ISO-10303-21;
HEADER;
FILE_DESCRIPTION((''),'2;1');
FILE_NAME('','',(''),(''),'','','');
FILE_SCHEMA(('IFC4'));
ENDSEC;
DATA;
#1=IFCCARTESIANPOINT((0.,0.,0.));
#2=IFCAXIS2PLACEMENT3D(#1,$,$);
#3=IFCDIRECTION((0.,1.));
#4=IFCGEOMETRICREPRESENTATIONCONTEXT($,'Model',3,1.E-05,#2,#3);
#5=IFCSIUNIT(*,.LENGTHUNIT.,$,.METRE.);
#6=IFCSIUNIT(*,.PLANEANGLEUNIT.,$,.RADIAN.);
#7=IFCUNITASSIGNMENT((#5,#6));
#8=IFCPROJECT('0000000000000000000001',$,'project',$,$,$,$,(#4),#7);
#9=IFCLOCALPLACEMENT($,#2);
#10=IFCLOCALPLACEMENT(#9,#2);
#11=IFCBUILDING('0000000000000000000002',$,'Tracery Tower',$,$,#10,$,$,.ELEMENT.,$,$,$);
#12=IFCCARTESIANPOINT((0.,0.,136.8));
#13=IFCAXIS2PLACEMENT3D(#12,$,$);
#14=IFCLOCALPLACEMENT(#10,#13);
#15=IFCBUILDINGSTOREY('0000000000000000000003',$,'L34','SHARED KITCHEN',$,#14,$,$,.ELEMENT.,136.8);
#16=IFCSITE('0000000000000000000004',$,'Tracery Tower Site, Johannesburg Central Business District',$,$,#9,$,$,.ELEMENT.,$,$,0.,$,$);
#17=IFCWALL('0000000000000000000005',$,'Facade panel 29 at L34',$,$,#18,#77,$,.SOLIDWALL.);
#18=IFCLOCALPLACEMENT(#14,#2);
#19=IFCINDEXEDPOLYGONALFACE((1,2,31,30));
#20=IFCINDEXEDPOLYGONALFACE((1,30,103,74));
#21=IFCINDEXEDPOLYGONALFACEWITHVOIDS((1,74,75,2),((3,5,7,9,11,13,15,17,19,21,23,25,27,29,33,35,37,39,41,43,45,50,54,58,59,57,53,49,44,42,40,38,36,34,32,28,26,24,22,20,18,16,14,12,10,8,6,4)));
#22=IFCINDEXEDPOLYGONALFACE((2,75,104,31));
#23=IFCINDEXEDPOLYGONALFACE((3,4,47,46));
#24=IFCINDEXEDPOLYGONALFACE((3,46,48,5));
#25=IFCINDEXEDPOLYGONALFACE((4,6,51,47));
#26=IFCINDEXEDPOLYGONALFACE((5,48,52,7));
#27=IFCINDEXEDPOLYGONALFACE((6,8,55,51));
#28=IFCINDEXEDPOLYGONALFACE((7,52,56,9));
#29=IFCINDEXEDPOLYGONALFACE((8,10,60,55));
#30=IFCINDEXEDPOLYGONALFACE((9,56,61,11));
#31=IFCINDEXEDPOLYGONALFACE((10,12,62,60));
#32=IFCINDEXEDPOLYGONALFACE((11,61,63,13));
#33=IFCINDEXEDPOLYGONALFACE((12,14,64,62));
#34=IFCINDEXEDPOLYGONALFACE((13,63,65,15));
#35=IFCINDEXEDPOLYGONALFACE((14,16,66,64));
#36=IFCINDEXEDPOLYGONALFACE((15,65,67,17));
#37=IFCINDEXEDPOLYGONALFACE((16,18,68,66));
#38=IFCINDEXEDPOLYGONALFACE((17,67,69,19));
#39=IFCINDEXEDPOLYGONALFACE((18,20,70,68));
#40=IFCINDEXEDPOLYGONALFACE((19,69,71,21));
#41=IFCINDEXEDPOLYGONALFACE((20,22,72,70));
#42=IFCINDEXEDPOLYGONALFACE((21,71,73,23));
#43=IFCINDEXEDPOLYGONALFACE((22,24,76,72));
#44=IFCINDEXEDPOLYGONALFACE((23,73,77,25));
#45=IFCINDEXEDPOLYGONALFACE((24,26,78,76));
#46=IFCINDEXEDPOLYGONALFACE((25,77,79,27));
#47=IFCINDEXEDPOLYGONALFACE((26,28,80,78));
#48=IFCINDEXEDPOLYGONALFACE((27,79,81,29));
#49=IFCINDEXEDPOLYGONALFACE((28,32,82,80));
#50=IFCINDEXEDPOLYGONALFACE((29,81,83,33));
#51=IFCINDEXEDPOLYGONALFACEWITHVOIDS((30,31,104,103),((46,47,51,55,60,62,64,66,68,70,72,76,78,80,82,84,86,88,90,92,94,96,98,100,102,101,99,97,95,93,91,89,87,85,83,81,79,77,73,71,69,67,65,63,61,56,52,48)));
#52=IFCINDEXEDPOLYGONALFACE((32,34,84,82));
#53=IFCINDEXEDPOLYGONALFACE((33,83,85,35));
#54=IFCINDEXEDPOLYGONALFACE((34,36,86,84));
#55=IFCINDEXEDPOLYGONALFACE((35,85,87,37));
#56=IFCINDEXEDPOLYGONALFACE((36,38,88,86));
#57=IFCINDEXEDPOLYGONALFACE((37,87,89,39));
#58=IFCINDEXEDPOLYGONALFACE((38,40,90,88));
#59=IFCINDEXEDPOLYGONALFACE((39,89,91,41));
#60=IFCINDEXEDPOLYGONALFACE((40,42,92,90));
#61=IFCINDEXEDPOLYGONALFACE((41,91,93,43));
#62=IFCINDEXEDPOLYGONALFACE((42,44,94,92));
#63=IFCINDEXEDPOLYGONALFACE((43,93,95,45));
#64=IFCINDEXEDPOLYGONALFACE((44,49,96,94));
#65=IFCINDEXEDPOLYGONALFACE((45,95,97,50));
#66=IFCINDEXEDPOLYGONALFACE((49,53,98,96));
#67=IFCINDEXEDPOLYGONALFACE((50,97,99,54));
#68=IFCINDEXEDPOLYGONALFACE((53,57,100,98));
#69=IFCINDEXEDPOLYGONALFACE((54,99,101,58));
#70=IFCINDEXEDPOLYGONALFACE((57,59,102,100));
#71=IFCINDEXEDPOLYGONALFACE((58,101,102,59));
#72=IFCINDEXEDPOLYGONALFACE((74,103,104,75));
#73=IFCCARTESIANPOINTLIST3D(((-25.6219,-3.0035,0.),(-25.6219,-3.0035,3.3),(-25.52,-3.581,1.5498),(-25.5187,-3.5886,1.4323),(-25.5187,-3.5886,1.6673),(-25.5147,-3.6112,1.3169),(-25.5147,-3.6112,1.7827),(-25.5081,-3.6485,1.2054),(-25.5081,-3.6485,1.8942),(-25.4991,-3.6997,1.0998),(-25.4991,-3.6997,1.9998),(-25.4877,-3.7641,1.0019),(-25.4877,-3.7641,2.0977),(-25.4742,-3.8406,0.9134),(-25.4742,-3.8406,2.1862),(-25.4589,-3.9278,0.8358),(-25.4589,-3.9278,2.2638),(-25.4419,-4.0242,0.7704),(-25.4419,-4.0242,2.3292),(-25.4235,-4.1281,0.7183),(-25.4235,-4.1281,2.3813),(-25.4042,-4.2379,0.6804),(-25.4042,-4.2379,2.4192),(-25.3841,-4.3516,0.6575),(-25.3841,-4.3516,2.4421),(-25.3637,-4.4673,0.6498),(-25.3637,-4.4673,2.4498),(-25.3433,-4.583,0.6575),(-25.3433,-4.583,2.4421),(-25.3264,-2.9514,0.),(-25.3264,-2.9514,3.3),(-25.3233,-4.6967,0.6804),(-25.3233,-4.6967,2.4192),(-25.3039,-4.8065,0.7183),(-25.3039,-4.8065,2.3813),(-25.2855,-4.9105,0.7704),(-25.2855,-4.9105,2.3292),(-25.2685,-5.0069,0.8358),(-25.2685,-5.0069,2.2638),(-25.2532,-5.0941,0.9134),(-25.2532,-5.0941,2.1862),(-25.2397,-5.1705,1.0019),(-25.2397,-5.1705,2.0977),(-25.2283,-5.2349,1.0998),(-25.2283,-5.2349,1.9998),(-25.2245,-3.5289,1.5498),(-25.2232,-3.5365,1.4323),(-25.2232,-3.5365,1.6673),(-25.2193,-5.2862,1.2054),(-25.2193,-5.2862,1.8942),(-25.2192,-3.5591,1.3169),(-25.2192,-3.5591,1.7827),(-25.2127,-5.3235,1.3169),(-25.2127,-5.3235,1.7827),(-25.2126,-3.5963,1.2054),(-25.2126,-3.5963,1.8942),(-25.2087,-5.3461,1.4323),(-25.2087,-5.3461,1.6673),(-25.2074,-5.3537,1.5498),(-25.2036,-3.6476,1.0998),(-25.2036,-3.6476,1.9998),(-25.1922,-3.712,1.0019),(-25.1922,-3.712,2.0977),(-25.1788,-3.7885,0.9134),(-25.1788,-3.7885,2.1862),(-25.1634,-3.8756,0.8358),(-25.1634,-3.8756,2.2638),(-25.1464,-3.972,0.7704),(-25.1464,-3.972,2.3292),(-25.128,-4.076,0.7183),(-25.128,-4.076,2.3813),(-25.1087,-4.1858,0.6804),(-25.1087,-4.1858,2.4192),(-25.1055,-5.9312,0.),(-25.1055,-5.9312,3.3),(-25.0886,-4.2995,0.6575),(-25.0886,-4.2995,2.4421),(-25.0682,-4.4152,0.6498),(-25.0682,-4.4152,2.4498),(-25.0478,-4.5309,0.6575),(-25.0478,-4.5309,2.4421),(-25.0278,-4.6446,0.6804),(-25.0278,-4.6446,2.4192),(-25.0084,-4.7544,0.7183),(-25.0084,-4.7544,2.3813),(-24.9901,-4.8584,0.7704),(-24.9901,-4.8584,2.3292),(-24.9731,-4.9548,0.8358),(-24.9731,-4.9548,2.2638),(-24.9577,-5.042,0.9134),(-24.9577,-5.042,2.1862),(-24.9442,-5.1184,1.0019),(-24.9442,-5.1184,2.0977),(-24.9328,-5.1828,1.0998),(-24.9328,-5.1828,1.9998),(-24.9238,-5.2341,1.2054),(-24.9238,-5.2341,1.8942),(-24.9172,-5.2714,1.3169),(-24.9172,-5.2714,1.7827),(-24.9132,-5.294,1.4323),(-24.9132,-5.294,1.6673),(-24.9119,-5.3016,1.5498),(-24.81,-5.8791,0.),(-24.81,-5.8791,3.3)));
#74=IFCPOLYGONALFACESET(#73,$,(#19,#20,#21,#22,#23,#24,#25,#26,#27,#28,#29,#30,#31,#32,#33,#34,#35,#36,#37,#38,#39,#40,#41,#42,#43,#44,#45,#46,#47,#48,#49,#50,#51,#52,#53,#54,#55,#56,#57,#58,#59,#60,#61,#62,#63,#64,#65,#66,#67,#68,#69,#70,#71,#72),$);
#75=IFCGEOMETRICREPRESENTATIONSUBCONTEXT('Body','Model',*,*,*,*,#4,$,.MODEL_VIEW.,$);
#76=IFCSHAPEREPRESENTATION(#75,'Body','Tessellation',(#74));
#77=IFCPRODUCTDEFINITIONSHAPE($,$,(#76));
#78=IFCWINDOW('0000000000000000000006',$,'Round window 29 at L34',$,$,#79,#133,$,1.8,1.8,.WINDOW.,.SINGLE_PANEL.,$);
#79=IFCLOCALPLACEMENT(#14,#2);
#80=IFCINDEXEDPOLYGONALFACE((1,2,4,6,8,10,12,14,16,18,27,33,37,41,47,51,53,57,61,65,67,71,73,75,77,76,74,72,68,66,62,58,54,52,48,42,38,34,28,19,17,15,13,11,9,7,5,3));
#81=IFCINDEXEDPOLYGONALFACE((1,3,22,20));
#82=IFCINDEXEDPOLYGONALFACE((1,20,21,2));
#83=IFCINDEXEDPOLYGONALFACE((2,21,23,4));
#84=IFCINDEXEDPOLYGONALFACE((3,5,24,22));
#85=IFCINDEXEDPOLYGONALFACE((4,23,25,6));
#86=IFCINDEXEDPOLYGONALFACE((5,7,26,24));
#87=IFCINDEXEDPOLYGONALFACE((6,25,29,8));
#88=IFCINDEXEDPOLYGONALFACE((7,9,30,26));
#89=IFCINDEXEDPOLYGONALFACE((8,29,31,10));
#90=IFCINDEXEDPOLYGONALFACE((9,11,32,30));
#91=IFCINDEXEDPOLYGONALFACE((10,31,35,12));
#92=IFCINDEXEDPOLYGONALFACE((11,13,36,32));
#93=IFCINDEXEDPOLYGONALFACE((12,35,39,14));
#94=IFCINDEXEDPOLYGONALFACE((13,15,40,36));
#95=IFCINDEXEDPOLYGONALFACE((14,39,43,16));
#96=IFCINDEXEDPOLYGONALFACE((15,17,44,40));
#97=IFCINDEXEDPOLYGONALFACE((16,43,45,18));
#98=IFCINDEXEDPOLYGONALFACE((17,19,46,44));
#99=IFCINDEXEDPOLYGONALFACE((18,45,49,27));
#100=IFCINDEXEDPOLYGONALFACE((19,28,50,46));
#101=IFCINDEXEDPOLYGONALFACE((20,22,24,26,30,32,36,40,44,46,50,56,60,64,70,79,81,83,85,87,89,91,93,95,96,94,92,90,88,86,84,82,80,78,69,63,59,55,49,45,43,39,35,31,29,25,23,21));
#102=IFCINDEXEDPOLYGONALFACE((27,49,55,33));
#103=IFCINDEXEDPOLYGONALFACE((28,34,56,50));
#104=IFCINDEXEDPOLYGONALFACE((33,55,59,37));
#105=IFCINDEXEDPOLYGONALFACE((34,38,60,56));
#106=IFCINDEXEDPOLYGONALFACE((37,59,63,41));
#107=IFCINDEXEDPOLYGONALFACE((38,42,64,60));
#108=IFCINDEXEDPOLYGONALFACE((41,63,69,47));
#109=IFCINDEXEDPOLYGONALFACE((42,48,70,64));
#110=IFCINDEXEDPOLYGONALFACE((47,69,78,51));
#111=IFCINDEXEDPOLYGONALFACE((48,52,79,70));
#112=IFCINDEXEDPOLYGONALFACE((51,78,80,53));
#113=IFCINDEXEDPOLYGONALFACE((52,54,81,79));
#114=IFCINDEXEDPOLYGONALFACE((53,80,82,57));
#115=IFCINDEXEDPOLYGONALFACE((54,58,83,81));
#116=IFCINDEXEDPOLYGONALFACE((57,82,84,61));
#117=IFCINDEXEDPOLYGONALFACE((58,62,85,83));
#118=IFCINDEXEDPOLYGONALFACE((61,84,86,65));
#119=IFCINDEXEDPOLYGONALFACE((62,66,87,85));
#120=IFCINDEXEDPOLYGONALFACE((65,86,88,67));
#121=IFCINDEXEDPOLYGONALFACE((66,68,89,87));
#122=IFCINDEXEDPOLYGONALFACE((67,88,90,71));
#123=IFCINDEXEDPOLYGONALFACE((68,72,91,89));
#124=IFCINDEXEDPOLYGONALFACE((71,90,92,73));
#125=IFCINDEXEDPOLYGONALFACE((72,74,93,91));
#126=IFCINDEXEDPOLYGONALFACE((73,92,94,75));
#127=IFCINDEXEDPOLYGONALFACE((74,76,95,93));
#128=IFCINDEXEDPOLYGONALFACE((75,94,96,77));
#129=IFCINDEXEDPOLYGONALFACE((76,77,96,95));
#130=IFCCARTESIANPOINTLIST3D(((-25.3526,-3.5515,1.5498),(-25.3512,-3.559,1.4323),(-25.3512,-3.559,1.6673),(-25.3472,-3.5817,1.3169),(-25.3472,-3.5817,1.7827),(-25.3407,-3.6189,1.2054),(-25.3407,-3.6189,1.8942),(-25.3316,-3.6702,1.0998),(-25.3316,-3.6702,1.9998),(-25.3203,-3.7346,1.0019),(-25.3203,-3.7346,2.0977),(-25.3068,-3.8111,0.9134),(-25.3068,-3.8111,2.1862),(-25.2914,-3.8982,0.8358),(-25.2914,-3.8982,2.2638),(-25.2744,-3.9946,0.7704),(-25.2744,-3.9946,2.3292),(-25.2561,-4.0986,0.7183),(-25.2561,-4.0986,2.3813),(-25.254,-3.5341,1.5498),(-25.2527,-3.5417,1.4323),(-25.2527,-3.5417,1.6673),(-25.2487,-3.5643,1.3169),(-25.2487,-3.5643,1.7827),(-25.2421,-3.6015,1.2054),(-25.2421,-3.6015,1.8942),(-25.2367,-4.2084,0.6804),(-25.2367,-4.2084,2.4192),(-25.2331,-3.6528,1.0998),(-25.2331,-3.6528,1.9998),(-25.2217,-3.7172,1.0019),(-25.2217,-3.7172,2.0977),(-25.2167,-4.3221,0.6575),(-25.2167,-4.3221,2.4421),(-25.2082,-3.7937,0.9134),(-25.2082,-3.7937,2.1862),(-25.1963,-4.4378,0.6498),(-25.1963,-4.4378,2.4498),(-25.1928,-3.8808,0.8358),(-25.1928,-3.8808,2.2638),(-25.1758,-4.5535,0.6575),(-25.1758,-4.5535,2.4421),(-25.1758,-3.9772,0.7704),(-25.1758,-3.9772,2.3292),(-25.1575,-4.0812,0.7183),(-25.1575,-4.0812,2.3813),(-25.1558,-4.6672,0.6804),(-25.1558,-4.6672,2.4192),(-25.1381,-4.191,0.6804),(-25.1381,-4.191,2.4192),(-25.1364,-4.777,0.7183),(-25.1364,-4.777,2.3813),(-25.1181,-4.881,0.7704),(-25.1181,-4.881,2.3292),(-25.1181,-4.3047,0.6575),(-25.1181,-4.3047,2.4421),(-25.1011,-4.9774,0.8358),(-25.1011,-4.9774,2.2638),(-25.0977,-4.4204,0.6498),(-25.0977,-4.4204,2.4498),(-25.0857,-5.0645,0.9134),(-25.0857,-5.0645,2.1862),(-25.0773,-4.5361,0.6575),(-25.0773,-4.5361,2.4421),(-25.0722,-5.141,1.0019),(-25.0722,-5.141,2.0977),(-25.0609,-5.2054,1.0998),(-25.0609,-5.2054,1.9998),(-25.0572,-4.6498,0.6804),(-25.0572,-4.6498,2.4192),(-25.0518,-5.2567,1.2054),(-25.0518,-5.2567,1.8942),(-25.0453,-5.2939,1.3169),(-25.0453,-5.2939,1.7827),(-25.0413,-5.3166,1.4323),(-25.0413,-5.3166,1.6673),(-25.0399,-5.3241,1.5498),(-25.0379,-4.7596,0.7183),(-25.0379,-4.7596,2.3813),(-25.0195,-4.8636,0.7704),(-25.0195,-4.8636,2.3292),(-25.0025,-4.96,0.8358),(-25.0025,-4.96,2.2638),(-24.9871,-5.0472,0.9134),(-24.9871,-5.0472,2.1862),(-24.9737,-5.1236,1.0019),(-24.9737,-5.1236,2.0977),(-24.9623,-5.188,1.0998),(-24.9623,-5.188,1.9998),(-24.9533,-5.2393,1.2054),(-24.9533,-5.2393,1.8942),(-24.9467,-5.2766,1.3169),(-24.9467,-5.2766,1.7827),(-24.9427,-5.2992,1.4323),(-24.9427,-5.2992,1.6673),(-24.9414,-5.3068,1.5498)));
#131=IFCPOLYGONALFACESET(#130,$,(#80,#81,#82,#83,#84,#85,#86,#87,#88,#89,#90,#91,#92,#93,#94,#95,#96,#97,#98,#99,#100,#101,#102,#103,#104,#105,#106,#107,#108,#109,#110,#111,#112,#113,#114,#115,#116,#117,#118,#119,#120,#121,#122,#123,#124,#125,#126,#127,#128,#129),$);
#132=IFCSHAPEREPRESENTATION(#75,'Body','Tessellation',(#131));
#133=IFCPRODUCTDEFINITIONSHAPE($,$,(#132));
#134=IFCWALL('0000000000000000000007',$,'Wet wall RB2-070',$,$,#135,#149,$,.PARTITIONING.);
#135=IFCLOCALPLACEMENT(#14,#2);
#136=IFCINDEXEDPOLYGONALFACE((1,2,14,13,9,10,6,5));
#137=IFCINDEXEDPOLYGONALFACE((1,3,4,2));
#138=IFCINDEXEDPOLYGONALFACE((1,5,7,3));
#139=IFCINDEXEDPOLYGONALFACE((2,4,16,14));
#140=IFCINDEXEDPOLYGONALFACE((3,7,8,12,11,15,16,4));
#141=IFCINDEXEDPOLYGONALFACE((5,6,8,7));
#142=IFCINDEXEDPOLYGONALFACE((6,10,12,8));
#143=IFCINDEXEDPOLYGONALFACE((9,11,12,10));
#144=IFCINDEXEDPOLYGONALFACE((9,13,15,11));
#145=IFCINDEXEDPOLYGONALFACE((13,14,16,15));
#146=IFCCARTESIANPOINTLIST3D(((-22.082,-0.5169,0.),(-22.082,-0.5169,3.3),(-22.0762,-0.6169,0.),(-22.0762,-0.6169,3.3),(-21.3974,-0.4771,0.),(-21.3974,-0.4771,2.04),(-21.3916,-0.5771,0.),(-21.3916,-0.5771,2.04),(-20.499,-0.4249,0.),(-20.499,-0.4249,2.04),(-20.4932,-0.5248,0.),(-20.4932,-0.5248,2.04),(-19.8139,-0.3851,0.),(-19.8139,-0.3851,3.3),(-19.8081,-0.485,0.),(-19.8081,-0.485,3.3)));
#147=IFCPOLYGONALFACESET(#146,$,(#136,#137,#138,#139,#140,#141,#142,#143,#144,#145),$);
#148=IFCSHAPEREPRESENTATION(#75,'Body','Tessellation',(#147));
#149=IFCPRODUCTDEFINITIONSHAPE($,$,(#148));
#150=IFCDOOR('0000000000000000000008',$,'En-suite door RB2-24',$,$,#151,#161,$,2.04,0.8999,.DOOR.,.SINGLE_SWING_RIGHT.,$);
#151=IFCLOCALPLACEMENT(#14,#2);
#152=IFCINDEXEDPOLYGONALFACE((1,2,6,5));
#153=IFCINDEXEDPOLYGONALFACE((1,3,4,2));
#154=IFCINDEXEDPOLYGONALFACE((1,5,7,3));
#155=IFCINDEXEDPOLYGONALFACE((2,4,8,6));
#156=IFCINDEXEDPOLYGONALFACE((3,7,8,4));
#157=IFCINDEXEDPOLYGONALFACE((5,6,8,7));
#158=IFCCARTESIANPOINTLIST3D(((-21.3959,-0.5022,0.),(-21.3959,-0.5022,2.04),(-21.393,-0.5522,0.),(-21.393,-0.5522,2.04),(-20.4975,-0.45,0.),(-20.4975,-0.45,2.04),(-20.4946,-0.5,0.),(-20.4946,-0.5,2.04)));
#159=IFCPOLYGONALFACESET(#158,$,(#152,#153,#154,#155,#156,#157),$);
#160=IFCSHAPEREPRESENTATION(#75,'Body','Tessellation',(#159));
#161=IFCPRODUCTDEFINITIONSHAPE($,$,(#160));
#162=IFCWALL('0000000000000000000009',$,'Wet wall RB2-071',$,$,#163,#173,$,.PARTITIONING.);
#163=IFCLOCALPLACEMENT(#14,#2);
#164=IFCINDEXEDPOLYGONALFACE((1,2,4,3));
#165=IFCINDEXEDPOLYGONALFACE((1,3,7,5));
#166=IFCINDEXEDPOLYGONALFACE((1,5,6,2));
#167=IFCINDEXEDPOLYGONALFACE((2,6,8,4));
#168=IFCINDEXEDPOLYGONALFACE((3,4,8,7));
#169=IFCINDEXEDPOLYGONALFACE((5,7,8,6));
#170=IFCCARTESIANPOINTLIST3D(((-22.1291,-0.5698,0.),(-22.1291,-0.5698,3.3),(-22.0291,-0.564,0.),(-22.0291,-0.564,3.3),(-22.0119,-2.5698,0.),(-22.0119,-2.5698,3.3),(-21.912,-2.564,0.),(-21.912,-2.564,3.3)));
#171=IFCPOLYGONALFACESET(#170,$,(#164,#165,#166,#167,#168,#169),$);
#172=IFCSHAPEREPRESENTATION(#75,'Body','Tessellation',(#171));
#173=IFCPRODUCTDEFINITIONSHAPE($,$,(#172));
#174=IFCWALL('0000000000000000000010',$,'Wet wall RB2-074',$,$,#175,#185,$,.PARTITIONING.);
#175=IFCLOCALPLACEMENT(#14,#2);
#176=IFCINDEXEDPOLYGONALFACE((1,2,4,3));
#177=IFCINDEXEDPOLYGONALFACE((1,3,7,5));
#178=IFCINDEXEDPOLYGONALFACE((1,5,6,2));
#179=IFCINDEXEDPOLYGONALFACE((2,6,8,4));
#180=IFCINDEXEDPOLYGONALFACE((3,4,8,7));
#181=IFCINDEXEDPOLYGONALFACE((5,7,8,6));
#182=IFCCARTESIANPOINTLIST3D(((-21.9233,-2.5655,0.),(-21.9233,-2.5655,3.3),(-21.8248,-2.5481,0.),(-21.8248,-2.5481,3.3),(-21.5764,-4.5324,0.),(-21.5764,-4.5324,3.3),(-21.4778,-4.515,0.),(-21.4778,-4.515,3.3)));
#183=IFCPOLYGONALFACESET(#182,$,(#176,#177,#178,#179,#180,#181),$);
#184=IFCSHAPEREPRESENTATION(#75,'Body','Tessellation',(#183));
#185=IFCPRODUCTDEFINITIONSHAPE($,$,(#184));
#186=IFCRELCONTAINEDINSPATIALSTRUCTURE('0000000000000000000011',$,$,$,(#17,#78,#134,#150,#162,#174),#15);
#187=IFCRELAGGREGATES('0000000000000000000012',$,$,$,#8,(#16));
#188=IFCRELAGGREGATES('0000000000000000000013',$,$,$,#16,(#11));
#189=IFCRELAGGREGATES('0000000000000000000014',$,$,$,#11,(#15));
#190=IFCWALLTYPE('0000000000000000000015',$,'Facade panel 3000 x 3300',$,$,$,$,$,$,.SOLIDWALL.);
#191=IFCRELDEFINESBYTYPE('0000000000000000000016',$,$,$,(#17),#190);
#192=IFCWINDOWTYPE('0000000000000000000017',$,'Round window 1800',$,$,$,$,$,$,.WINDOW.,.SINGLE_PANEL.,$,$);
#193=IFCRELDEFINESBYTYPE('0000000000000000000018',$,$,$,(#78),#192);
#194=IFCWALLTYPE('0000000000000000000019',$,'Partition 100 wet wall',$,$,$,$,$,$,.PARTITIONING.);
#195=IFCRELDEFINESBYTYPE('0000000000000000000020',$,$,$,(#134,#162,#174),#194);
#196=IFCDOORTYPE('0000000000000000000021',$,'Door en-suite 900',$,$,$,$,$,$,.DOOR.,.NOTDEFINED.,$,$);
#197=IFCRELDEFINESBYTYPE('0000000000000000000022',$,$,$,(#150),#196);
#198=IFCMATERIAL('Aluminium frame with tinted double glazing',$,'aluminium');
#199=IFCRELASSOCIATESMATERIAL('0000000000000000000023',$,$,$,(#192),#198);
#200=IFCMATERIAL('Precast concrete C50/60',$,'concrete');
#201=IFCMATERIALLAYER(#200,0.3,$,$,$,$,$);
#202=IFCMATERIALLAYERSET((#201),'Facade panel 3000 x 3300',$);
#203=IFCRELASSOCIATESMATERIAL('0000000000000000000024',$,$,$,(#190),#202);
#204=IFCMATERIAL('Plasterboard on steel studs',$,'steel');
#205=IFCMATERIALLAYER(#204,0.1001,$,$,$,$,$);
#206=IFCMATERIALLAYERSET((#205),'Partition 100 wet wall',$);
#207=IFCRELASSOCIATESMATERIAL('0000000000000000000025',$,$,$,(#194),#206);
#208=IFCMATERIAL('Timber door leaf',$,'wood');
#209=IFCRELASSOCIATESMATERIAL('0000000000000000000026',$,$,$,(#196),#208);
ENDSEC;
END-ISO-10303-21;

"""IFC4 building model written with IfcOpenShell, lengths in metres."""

from ifc_helpers import new_model, si_unit, direction, frame, frame_2d, origin, origin_2d, place, context, subcontext, project, spatial, rectangle, circle, extrude, material, layer, layer_set, type_object, element, fill, save


model = new_model("IFC4")

# Units and contexts
model_context = context("Model", 3, precision=1e-05, world=origin(), true_north=direction((0.0, 1.0)))
body_context = subcontext(model_context, "Body", "Model", "MODEL_VIEW")
ifc_project = project(units=[si_unit("LENGTHUNIT", "METRE"), si_unit("PLANEANGLEUNIT", "RADIAN")], contexts=[model_context])

# Site, building, storey
site_placement = place(None, origin())
site = spatial("IfcSite", under=ifc_project, at=site_placement, Name="Tracery Tower Site, Johannesburg Central Business District", CompositionType="ELEMENT", RefElevation=0.0)
building_placement = place(site_placement, origin())
building = spatial("IfcBuilding", under=site, at=building_placement, Name="Tracery Tower", CompositionType="ELEMENT")
storey_placement = place(building_placement, frame((0.0, 0.0, 136.8)))
storey = spatial("IfcBuildingStorey", under=building, at=storey_placement, Name="L34", Description="SHARED KITCHEN", CompositionType="ELEMENT", Elevation=136.8)

# Wall, opening, window
ifc_material_1 = material(Name="Aluminium frame with tinted double glazing", Category="aluminium")
window_type = type_object("IfcWindowType", Name="Round window 1800", PartitioningType="SINGLE_PANEL", PredefinedType="WINDOW", material=ifc_material_1)
ifc_material_2 = material(Name="Precast concrete C50/60", Category="concrete")
ifc_layer_1 = layer(ifc_material_2, 0.3)
ifc_layer_set_1 = layer_set([ifc_layer_1], Name="Facade panel 3000 x 3300")
wall_type_1 = type_object("IfcWallType", Name="Facade panel 3000 x 3300", PredefinedType="SOLIDWALL", material=ifc_layer_set_1)
wall_1_placement = place(storey_placement, frame((-25.4741, -2.9775, 0.0), z_axis=(0.0, 0.0, 1.0), x_axis=(0.173687, -0.984801, 0.0)))
wall_1 = element("IfcWall", 1, at=wall_1_placement, inside=storey, type_object=wall_type_1, Name="Facade panel 29 at L34", PredefinedType="SOLIDWALL", context=body_context, shape_type="SweptSolid", body=[
    extrude(rectangle(XDim=2.9729, YDim=0.3, at=frame_2d((1.4863, 0.0))), origin(), (0.0, 0.0, 1.0), 3.3),
])
opening_1_placement = place(wall_1_placement, frame((1.4863, 0.0, 1.5498)))
opening_1 = element("IfcOpeningElement", 2, at=opening_1_placement, cuts=wall_1, PredefinedType="OPENING", context=body_context, shape_type="SweptSolid", body=[
    extrude(circle(Radius=0.9, at=origin_2d()), frame((0.0, 0.1599, 0.0), z_axis=(0.0, -1.0, 0.0), x_axis=(1.0, 0.0, 0.0)), (0.0, 0.0, 1.0), 0.3201),
])
window_1_placement = place(opening_1_placement, origin())
window_1 = element("IfcWindow", 3, at=window_1_placement, inside=storey, type_object=window_type, Name="Round window 29 at L34", OverallHeight=1.8, OverallWidth=1.8, PartitioningType="SINGLE_PANEL", PredefinedType="WINDOW", context=body_context, shape_type="SweptSolid", body=[
    extrude(circle(Radius=0.9, at=origin_2d()), frame((0.0, 0.1201, 0.0), z_axis=(0.0, -1.0, 0.0), x_axis=(1.0, 0.0, 0.0)), (0.0, 0.0, 1.0), 0.1001),
])
fill(opening_1, window_1)

# Wall, opening, door
ifc_material_3 = material(Name="Plasterboard on steel studs", Category="steel")
ifc_layer_2 = layer(ifc_material_3, 0.1001)
ifc_layer_set_2 = layer_set([ifc_layer_2], Name="Partition 100 wet wall")
wall_type_2 = type_object("IfcWallType", Name="Partition 100 wet wall", PredefinedType="PARTITIONING", material=ifc_layer_set_2)
wall_2_placement = place(storey_placement, frame((-22.0791, -0.5669, 0.0), z_axis=(0.0, 0.0, 1.0), x_axis=(0.998315, 0.058029, 0.0)))
wall_2 = element("IfcWall", 4, at=wall_2_placement, inside=storey, type_object=wall_type_2, Name="Wet wall RB2-070", PredefinedType="PARTITIONING", context=body_context, shape_type="SweptSolid", body=[
    extrude(rectangle(XDim=2.272, YDim=0.1001, at=frame_2d((1.136, 0.0))), origin(), (0.0, 0.0, 1.0), 3.3),
])
opening_2_placement = place(wall_2_placement, frame((0.6858, 0.0, 0.0)))
opening_2 = element("IfcOpeningElement", 5, at=opening_2_placement, cuts=wall_2, PredefinedType="OPENING", context=body_context, shape_type="SweptSolid", body=[
    extrude(rectangle(XDim=0.8999, YDim=2.04, at=frame_2d((0.45, 1.02))), frame((0.0, 0.05, 0.0), z_axis=(0.0, -1.0, 0.0), x_axis=(1.0, 0.0, 0.0)), (0.0, 0.0, 1.0), 0.1001),
])
ifc_material_4 = material(Name="Timber door leaf", Category="wood")
door_type_1 = type_object("IfcDoorType", Name="Door en-suite 900", OperationType="NOTDEFINED", PredefinedType="DOOR", material=ifc_material_4)
door_1_placement = place(opening_2_placement, origin())
door_1 = element("IfcDoor", 6, at=door_1_placement, inside=storey, type_object=door_type_1, Name="En-suite door RB2-24", OperationType="SINGLE_SWING_RIGHT", OverallHeight=2.04, OverallWidth=0.8999, PredefinedType="DOOR", context=body_context, shape_type="SweptSolid", body=[
    extrude(rectangle(XDim=0.8999, YDim=2.04, at=frame_2d((0.45, 1.02))), frame((0.0, 0.0249, 0.0), z_axis=(0.0, -1.0, 0.0), x_axis=(1.0, 0.0, 0.0)), (0.0, 0.0, 1.0), 0.05),
])
fill(opening_2, door_1)

# Walls
wall_3_placement = place(storey_placement, frame((-22.0791, -0.5669, 0.0), z_axis=(0.0, 0.0, 1.0), x_axis=(0.058493, -0.998288, 0.0)))
element("IfcWall", 7, at=wall_3_placement, inside=storey, type_object=wall_type_2, Name="Wet wall RB2-071", PredefinedType="PARTITIONING", context=body_context, shape_type="SweptSolid", body=[
    extrude(rectangle(XDim=2.0034, YDim=0.1001, at=frame_2d((1.0017, 0.0))), origin(), (0.0, 0.0, 1.0), 3.3),
])
wall_4_placement = place(storey_placement, frame((-21.874, -2.5569, 0.0), z_axis=(0.0, 0.0, 1.0), x_axis=(0.173688, -0.984801, 0.0)))
element("IfcWall", 8, at=wall_4_placement, inside=storey, type_object=wall_type_2, Name="Wet wall RB2-074", PredefinedType="PARTITIONING", context=body_context, shape_type="SweptSolid", body=[
    extrude(rectangle(XDim=1.9973, YDim=0.1001, at=frame_2d((0.9985, 0.0))), origin(), (0.0, 0.0, 1.0), 3.3),
])

save(model, "model.ifc")
